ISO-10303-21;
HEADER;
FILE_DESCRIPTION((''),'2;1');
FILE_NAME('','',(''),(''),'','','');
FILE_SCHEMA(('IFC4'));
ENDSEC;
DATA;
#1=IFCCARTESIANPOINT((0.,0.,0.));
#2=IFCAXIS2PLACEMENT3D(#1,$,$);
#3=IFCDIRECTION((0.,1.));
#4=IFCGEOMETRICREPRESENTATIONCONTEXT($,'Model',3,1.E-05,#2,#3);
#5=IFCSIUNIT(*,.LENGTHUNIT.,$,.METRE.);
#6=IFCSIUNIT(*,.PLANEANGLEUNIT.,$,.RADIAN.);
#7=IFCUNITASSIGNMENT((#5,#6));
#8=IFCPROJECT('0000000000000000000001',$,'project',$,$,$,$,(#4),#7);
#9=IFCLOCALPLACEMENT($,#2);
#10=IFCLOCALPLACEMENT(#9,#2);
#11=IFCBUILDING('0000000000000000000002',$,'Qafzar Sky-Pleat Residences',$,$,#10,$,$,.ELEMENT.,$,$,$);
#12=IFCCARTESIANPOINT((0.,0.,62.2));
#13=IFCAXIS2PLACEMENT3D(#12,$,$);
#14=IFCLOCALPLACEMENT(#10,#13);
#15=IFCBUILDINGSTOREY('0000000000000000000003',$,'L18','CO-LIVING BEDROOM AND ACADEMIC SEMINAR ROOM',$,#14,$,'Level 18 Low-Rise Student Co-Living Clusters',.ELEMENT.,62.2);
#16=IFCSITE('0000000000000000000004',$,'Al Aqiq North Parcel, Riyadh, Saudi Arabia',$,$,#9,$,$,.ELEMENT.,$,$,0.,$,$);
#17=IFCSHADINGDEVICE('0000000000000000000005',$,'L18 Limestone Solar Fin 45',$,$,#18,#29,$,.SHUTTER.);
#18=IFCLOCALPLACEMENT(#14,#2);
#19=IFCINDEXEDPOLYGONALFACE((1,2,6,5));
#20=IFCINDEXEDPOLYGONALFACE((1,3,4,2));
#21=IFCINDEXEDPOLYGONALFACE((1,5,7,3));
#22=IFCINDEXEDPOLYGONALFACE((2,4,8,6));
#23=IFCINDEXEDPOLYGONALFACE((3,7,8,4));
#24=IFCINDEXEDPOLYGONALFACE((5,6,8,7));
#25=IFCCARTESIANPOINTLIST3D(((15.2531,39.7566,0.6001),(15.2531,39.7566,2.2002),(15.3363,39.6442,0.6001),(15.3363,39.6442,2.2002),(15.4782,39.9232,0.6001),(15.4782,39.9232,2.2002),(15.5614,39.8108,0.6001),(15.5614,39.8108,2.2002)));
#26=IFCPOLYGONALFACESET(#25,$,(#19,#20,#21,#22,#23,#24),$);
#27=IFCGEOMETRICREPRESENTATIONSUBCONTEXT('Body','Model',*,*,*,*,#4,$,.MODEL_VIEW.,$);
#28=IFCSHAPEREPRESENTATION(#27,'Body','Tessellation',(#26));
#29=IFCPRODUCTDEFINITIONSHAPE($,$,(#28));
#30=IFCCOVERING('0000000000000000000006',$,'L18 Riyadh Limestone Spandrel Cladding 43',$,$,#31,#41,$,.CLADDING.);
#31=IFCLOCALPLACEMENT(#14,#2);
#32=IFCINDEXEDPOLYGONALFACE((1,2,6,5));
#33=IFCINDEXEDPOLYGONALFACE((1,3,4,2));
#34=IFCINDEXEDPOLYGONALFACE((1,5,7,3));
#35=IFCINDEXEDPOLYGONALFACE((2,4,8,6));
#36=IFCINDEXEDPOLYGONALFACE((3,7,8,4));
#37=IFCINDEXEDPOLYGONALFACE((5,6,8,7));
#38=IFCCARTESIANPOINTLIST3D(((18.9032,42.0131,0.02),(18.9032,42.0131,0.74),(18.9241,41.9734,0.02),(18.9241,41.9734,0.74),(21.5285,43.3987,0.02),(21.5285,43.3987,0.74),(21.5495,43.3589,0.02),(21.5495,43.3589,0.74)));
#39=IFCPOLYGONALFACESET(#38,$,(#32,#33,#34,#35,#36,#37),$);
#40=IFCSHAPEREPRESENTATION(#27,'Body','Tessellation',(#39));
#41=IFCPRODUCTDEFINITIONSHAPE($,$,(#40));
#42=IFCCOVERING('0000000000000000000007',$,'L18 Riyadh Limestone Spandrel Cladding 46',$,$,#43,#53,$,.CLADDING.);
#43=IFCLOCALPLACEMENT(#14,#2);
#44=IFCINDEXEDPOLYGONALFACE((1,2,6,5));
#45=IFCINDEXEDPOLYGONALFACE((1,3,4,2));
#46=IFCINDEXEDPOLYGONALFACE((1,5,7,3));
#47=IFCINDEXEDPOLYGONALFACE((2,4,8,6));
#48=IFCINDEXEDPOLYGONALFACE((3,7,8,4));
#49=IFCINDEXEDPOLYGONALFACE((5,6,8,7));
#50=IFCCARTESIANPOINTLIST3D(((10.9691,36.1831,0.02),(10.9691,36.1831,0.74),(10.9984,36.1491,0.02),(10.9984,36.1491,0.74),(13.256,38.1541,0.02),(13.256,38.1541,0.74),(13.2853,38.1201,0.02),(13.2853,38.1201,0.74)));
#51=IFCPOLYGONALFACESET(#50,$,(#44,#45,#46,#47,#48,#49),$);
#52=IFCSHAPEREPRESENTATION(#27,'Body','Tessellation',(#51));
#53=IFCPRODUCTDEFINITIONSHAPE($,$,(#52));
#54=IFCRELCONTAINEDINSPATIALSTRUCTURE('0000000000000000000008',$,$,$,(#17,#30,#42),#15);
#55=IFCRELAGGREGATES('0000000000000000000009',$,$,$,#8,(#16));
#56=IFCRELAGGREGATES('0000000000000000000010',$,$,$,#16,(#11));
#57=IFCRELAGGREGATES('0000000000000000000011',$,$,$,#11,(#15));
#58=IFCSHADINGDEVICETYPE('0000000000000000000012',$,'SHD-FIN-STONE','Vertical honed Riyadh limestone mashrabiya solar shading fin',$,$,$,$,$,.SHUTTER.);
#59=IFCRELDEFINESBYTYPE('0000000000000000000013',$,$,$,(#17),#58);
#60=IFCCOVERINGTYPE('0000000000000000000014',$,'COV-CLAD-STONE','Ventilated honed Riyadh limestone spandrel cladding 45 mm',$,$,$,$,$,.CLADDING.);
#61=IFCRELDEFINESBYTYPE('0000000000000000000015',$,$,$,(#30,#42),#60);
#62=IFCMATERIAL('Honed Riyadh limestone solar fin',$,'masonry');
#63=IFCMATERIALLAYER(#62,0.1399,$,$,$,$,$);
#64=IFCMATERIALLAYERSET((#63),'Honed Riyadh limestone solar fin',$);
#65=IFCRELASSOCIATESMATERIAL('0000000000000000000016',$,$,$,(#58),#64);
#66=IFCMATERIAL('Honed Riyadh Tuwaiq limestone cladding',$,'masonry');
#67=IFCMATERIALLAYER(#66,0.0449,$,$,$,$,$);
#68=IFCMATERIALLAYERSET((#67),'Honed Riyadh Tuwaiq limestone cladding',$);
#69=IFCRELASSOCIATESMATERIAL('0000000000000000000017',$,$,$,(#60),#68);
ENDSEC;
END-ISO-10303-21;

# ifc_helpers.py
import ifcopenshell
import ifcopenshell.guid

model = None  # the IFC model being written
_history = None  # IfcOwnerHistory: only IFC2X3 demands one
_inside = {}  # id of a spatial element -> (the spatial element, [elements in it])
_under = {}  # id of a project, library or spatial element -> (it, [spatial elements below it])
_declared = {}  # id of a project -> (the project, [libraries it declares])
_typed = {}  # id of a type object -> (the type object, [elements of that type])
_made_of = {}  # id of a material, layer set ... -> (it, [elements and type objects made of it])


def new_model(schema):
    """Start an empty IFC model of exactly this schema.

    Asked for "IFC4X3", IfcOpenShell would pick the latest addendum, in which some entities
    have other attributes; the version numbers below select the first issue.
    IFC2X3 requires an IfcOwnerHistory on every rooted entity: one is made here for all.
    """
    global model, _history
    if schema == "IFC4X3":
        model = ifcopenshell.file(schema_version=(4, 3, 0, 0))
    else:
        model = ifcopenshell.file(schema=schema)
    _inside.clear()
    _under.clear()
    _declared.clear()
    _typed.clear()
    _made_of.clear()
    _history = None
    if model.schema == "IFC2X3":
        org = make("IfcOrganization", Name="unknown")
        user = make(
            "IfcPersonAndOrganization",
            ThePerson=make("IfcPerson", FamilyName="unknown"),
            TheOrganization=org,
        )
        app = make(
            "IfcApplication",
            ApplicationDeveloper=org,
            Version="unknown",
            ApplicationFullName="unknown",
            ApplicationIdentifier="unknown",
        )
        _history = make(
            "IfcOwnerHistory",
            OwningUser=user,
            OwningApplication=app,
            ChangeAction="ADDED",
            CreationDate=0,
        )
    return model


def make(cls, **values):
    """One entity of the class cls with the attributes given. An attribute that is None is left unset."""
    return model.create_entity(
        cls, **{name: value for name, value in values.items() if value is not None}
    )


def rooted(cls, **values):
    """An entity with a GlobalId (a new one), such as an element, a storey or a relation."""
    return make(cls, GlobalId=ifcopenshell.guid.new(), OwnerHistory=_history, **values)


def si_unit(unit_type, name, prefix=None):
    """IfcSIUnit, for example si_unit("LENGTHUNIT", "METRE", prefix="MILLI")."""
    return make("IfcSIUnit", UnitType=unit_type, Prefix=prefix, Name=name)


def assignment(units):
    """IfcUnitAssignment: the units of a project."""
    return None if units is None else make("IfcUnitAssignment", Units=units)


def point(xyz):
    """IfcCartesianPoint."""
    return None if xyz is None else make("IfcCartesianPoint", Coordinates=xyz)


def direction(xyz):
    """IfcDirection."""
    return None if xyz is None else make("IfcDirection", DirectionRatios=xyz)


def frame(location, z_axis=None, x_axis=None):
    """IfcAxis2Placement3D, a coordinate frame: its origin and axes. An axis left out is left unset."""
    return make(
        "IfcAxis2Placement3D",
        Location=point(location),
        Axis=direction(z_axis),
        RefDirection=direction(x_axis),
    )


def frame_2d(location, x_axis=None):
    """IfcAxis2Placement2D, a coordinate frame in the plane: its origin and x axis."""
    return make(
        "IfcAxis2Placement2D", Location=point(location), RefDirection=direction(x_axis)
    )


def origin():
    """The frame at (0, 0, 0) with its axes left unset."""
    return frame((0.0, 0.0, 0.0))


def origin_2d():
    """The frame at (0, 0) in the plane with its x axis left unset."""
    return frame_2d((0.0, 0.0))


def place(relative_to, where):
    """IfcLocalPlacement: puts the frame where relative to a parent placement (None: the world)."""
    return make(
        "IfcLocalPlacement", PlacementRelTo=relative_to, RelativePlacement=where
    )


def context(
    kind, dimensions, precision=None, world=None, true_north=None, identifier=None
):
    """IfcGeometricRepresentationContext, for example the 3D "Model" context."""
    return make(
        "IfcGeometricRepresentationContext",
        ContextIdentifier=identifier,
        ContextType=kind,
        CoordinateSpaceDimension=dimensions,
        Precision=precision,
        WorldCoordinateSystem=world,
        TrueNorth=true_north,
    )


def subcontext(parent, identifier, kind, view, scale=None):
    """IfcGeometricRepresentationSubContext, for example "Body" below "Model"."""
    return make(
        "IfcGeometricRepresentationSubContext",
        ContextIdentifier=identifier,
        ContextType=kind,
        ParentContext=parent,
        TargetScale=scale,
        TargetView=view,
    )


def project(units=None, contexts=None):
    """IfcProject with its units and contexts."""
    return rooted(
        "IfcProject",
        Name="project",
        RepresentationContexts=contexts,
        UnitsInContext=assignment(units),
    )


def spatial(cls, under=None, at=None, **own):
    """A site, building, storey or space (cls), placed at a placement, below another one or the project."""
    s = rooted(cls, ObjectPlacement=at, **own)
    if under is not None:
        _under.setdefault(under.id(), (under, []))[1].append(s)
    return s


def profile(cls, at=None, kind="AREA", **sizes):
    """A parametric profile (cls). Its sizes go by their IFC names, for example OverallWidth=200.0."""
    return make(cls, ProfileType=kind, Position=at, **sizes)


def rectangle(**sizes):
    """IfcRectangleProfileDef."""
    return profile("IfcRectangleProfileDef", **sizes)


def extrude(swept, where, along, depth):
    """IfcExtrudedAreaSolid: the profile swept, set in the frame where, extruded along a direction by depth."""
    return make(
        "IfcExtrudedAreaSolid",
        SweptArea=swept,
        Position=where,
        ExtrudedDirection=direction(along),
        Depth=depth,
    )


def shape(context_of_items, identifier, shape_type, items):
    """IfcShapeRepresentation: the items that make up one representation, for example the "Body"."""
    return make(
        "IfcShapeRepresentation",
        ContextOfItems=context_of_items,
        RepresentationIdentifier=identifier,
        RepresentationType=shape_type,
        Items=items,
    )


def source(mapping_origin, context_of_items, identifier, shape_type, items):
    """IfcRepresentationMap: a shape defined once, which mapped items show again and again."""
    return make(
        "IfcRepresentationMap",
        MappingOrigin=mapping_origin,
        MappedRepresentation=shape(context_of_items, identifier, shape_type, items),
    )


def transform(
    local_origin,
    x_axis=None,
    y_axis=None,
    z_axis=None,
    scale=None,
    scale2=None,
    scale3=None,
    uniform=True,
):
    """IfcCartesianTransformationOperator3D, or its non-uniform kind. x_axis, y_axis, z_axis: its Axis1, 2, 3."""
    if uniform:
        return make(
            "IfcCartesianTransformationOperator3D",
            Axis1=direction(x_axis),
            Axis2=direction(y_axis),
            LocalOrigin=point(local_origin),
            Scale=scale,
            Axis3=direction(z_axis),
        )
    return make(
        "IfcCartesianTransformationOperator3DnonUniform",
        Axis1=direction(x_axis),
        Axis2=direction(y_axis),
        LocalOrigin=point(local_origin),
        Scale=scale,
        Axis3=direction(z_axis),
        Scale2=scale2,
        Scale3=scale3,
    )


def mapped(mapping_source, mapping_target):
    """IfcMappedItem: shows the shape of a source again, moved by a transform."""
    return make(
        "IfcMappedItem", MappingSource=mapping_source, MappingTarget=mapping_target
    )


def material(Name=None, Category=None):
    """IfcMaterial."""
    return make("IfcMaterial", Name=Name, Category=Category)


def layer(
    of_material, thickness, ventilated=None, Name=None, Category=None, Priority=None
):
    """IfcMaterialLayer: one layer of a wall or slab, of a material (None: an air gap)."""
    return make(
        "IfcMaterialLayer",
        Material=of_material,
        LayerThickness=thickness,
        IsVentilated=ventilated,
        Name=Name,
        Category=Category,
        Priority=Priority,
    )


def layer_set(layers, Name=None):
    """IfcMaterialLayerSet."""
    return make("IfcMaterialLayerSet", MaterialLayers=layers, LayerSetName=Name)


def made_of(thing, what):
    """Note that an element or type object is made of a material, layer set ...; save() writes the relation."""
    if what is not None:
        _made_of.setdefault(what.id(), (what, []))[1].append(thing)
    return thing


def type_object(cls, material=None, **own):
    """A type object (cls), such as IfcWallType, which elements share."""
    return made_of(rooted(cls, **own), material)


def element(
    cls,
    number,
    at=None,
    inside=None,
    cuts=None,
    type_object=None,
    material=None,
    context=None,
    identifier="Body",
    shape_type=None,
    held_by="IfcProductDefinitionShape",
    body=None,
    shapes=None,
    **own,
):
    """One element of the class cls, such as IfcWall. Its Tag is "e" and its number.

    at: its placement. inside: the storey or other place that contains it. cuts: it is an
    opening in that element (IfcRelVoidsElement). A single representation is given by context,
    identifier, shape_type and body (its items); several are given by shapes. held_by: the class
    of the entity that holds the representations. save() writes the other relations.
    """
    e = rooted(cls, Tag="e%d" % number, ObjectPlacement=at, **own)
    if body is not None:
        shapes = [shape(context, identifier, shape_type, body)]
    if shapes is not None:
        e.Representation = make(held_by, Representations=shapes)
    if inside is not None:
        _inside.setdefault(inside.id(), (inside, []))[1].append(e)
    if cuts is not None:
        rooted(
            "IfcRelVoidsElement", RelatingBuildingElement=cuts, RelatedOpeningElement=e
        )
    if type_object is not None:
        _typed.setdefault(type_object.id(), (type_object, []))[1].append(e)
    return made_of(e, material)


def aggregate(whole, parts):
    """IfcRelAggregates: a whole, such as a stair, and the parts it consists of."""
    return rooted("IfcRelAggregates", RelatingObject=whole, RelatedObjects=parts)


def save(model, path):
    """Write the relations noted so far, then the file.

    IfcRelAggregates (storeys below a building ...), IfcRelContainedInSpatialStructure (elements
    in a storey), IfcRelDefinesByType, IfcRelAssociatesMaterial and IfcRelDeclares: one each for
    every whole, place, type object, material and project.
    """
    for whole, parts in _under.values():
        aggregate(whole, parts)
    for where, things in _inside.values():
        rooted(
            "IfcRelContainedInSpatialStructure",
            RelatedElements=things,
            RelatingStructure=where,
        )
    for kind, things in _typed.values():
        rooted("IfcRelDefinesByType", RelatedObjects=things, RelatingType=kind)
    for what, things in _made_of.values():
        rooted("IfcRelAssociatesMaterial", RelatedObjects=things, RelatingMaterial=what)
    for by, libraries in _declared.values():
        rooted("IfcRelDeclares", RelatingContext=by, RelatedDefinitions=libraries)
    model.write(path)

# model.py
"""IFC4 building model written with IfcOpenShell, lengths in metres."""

from ifc_helpers import new_model, si_unit, direction, frame, origin, origin_2d, place, context, subcontext, project, spatial, rectangle, extrude, source, transform, mapped, material, layer, layer_set, type_object, element, save


model = new_model("IFC4")

# Units and contexts
model_context = context("Model", 3, precision=1e-05, world=origin(), true_north=direction((0.0, 1.0)))
body_context = subcontext(model_context, "Body", "Model", "MODEL_VIEW")
ifc_project = project(units=[si_unit("LENGTHUNIT", "METRE"), si_unit("PLANEANGLEUNIT", "RADIAN")], contexts=[model_context])

# Site, building, storey
site_placement = place(None, origin())
site = spatial("IfcSite", under=ifc_project, at=site_placement, Name="Al Aqiq North Parcel, Riyadh, Saudi Arabia", CompositionType="ELEMENT", RefElevation=0.0)
building_placement = place(site_placement, origin())
building = spatial("IfcBuilding", under=site, at=building_placement, Name="Qafzar Sky-Pleat Residences", CompositionType="ELEMENT")
storey_placement = place(building_placement, frame((0.0, 0.0, 62.2)))
storey = spatial("IfcBuildingStorey", under=building, at=storey_placement, Name="L18", Description="CO-LIVING BEDROOM AND ACADEMIC SEMINAR ROOM", LongName="Level 18 Low-Rise Student Co-Living Clusters", CompositionType="ELEMENT", Elevation=62.2)

# Shading device
ifc_material_1 = material(Name="Honed Riyadh limestone solar fin", Category="masonry")
ifc_layer_1 = layer(ifc_material_1, 0.1399)
ifc_layer_set_1 = layer_set([ifc_layer_1], Name="Honed Riyadh limestone solar fin")
shading_device_type = type_object("IfcShadingDeviceType", Name="SHD-FIN-STONE", Description="Vertical honed Riyadh limestone mashrabiya solar shading fin", PredefinedType="SHUTTER", material=ifc_layer_set_1)
shared_shape_1 = source(origin(), body_context, "Body", "SweptSolid", [
    extrude(rectangle(XDim=0.1399, YDim=0.28, at=origin_2d()), origin(), (0.0, 0.0, 1.0), 1.6001),
])
shading_device_placement = place(storey_placement, frame((15.4072, 39.7837, 0.6001), z_axis=(0.0, 0.0, 1.0), x_axis=(-0.594881, 0.803814, 0.0)))
element("IfcShadingDevice", 1, at=shading_device_placement, inside=storey, type_object=shading_device_type, Name="L18 Limestone Solar Fin 45", PredefinedType="SHUTTER", context=body_context, shape_type="MappedRepresentation", body=[
    mapped(shared_shape_1, transform((0.0, 0.0, 0.0), x_axis=(1.0, 0.0, 0.0), y_axis=(0.0, 1.0, 0.0), z_axis=(0.0, 0.0, 1.0), scale=1.0)),
])

# Coverings
ifc_material_2 = material(Name="Honed Riyadh Tuwaiq limestone cladding", Category="masonry")
ifc_layer_2 = layer(ifc_material_2, 0.0449)
ifc_layer_set_2 = layer_set([ifc_layer_2], Name="Honed Riyadh Tuwaiq limestone cladding")
covering_type = type_object("IfcCoveringType", Name="COV-CLAD-STONE", Description="Ventilated honed Riyadh limestone spandrel cladding 45 mm", PredefinedType="CLADDING", material=ifc_layer_set_2)
shared_shape_2 = source(origin(), body_context, "Body", "SweptSolid", [
    extrude(rectangle(XDim=2.9685, YDim=0.0449, at=origin_2d()), origin(), (0.0, 0.0, 1.0), 0.72),
])
covering_1_placement = place(storey_placement, frame((20.2263, 42.686, 0.02), z_axis=(0.0, 0.0, 1.0), x_axis=(-0.884388, -0.466752, 0.0)))
element("IfcCovering", 2, at=covering_1_placement, inside=storey, type_object=covering_type, Name="L18 Riyadh Limestone Spandrel Cladding 43", PredefinedType="CLADDING", context=body_context, shape_type="MappedRepresentation", body=[
    mapped(shared_shape_2, transform((0.0, 0.0, 0.0), x_axis=(1.0, 0.0, 0.0), y_axis=(0.0, 1.0, 0.0), z_axis=(0.0, 0.0, 1.0), scale=1.0)),
])
shared_shape_3 = source(origin(), body_context, "Body", "SweptSolid", [
    extrude(rectangle(XDim=3.019, YDim=0.0449, at=origin_2d()), origin(), (0.0, 0.0, 1.0), 0.72),
])
covering_2_placement = place(storey_placement, frame((12.1272, 37.1516, 0.02), z_axis=(0.0, 0.0, 1.0), x_axis=(-0.757486, -0.652851, 0.0)))
element("IfcCovering", 3, at=covering_2_placement, inside=storey, type_object=covering_type, Name="L18 Riyadh Limestone Spandrel Cladding 46", PredefinedType="CLADDING", context=body_context, shape_type="MappedRepresentation", body=[
    mapped(shared_shape_3, transform((0.0, 0.0, 0.0), x_axis=(1.0, 0.0, 0.0), y_axis=(0.0, 1.0, 0.0), z_axis=(0.0, 0.0, 1.0), scale=1.0)),
])

save(model, "model.ifc")
